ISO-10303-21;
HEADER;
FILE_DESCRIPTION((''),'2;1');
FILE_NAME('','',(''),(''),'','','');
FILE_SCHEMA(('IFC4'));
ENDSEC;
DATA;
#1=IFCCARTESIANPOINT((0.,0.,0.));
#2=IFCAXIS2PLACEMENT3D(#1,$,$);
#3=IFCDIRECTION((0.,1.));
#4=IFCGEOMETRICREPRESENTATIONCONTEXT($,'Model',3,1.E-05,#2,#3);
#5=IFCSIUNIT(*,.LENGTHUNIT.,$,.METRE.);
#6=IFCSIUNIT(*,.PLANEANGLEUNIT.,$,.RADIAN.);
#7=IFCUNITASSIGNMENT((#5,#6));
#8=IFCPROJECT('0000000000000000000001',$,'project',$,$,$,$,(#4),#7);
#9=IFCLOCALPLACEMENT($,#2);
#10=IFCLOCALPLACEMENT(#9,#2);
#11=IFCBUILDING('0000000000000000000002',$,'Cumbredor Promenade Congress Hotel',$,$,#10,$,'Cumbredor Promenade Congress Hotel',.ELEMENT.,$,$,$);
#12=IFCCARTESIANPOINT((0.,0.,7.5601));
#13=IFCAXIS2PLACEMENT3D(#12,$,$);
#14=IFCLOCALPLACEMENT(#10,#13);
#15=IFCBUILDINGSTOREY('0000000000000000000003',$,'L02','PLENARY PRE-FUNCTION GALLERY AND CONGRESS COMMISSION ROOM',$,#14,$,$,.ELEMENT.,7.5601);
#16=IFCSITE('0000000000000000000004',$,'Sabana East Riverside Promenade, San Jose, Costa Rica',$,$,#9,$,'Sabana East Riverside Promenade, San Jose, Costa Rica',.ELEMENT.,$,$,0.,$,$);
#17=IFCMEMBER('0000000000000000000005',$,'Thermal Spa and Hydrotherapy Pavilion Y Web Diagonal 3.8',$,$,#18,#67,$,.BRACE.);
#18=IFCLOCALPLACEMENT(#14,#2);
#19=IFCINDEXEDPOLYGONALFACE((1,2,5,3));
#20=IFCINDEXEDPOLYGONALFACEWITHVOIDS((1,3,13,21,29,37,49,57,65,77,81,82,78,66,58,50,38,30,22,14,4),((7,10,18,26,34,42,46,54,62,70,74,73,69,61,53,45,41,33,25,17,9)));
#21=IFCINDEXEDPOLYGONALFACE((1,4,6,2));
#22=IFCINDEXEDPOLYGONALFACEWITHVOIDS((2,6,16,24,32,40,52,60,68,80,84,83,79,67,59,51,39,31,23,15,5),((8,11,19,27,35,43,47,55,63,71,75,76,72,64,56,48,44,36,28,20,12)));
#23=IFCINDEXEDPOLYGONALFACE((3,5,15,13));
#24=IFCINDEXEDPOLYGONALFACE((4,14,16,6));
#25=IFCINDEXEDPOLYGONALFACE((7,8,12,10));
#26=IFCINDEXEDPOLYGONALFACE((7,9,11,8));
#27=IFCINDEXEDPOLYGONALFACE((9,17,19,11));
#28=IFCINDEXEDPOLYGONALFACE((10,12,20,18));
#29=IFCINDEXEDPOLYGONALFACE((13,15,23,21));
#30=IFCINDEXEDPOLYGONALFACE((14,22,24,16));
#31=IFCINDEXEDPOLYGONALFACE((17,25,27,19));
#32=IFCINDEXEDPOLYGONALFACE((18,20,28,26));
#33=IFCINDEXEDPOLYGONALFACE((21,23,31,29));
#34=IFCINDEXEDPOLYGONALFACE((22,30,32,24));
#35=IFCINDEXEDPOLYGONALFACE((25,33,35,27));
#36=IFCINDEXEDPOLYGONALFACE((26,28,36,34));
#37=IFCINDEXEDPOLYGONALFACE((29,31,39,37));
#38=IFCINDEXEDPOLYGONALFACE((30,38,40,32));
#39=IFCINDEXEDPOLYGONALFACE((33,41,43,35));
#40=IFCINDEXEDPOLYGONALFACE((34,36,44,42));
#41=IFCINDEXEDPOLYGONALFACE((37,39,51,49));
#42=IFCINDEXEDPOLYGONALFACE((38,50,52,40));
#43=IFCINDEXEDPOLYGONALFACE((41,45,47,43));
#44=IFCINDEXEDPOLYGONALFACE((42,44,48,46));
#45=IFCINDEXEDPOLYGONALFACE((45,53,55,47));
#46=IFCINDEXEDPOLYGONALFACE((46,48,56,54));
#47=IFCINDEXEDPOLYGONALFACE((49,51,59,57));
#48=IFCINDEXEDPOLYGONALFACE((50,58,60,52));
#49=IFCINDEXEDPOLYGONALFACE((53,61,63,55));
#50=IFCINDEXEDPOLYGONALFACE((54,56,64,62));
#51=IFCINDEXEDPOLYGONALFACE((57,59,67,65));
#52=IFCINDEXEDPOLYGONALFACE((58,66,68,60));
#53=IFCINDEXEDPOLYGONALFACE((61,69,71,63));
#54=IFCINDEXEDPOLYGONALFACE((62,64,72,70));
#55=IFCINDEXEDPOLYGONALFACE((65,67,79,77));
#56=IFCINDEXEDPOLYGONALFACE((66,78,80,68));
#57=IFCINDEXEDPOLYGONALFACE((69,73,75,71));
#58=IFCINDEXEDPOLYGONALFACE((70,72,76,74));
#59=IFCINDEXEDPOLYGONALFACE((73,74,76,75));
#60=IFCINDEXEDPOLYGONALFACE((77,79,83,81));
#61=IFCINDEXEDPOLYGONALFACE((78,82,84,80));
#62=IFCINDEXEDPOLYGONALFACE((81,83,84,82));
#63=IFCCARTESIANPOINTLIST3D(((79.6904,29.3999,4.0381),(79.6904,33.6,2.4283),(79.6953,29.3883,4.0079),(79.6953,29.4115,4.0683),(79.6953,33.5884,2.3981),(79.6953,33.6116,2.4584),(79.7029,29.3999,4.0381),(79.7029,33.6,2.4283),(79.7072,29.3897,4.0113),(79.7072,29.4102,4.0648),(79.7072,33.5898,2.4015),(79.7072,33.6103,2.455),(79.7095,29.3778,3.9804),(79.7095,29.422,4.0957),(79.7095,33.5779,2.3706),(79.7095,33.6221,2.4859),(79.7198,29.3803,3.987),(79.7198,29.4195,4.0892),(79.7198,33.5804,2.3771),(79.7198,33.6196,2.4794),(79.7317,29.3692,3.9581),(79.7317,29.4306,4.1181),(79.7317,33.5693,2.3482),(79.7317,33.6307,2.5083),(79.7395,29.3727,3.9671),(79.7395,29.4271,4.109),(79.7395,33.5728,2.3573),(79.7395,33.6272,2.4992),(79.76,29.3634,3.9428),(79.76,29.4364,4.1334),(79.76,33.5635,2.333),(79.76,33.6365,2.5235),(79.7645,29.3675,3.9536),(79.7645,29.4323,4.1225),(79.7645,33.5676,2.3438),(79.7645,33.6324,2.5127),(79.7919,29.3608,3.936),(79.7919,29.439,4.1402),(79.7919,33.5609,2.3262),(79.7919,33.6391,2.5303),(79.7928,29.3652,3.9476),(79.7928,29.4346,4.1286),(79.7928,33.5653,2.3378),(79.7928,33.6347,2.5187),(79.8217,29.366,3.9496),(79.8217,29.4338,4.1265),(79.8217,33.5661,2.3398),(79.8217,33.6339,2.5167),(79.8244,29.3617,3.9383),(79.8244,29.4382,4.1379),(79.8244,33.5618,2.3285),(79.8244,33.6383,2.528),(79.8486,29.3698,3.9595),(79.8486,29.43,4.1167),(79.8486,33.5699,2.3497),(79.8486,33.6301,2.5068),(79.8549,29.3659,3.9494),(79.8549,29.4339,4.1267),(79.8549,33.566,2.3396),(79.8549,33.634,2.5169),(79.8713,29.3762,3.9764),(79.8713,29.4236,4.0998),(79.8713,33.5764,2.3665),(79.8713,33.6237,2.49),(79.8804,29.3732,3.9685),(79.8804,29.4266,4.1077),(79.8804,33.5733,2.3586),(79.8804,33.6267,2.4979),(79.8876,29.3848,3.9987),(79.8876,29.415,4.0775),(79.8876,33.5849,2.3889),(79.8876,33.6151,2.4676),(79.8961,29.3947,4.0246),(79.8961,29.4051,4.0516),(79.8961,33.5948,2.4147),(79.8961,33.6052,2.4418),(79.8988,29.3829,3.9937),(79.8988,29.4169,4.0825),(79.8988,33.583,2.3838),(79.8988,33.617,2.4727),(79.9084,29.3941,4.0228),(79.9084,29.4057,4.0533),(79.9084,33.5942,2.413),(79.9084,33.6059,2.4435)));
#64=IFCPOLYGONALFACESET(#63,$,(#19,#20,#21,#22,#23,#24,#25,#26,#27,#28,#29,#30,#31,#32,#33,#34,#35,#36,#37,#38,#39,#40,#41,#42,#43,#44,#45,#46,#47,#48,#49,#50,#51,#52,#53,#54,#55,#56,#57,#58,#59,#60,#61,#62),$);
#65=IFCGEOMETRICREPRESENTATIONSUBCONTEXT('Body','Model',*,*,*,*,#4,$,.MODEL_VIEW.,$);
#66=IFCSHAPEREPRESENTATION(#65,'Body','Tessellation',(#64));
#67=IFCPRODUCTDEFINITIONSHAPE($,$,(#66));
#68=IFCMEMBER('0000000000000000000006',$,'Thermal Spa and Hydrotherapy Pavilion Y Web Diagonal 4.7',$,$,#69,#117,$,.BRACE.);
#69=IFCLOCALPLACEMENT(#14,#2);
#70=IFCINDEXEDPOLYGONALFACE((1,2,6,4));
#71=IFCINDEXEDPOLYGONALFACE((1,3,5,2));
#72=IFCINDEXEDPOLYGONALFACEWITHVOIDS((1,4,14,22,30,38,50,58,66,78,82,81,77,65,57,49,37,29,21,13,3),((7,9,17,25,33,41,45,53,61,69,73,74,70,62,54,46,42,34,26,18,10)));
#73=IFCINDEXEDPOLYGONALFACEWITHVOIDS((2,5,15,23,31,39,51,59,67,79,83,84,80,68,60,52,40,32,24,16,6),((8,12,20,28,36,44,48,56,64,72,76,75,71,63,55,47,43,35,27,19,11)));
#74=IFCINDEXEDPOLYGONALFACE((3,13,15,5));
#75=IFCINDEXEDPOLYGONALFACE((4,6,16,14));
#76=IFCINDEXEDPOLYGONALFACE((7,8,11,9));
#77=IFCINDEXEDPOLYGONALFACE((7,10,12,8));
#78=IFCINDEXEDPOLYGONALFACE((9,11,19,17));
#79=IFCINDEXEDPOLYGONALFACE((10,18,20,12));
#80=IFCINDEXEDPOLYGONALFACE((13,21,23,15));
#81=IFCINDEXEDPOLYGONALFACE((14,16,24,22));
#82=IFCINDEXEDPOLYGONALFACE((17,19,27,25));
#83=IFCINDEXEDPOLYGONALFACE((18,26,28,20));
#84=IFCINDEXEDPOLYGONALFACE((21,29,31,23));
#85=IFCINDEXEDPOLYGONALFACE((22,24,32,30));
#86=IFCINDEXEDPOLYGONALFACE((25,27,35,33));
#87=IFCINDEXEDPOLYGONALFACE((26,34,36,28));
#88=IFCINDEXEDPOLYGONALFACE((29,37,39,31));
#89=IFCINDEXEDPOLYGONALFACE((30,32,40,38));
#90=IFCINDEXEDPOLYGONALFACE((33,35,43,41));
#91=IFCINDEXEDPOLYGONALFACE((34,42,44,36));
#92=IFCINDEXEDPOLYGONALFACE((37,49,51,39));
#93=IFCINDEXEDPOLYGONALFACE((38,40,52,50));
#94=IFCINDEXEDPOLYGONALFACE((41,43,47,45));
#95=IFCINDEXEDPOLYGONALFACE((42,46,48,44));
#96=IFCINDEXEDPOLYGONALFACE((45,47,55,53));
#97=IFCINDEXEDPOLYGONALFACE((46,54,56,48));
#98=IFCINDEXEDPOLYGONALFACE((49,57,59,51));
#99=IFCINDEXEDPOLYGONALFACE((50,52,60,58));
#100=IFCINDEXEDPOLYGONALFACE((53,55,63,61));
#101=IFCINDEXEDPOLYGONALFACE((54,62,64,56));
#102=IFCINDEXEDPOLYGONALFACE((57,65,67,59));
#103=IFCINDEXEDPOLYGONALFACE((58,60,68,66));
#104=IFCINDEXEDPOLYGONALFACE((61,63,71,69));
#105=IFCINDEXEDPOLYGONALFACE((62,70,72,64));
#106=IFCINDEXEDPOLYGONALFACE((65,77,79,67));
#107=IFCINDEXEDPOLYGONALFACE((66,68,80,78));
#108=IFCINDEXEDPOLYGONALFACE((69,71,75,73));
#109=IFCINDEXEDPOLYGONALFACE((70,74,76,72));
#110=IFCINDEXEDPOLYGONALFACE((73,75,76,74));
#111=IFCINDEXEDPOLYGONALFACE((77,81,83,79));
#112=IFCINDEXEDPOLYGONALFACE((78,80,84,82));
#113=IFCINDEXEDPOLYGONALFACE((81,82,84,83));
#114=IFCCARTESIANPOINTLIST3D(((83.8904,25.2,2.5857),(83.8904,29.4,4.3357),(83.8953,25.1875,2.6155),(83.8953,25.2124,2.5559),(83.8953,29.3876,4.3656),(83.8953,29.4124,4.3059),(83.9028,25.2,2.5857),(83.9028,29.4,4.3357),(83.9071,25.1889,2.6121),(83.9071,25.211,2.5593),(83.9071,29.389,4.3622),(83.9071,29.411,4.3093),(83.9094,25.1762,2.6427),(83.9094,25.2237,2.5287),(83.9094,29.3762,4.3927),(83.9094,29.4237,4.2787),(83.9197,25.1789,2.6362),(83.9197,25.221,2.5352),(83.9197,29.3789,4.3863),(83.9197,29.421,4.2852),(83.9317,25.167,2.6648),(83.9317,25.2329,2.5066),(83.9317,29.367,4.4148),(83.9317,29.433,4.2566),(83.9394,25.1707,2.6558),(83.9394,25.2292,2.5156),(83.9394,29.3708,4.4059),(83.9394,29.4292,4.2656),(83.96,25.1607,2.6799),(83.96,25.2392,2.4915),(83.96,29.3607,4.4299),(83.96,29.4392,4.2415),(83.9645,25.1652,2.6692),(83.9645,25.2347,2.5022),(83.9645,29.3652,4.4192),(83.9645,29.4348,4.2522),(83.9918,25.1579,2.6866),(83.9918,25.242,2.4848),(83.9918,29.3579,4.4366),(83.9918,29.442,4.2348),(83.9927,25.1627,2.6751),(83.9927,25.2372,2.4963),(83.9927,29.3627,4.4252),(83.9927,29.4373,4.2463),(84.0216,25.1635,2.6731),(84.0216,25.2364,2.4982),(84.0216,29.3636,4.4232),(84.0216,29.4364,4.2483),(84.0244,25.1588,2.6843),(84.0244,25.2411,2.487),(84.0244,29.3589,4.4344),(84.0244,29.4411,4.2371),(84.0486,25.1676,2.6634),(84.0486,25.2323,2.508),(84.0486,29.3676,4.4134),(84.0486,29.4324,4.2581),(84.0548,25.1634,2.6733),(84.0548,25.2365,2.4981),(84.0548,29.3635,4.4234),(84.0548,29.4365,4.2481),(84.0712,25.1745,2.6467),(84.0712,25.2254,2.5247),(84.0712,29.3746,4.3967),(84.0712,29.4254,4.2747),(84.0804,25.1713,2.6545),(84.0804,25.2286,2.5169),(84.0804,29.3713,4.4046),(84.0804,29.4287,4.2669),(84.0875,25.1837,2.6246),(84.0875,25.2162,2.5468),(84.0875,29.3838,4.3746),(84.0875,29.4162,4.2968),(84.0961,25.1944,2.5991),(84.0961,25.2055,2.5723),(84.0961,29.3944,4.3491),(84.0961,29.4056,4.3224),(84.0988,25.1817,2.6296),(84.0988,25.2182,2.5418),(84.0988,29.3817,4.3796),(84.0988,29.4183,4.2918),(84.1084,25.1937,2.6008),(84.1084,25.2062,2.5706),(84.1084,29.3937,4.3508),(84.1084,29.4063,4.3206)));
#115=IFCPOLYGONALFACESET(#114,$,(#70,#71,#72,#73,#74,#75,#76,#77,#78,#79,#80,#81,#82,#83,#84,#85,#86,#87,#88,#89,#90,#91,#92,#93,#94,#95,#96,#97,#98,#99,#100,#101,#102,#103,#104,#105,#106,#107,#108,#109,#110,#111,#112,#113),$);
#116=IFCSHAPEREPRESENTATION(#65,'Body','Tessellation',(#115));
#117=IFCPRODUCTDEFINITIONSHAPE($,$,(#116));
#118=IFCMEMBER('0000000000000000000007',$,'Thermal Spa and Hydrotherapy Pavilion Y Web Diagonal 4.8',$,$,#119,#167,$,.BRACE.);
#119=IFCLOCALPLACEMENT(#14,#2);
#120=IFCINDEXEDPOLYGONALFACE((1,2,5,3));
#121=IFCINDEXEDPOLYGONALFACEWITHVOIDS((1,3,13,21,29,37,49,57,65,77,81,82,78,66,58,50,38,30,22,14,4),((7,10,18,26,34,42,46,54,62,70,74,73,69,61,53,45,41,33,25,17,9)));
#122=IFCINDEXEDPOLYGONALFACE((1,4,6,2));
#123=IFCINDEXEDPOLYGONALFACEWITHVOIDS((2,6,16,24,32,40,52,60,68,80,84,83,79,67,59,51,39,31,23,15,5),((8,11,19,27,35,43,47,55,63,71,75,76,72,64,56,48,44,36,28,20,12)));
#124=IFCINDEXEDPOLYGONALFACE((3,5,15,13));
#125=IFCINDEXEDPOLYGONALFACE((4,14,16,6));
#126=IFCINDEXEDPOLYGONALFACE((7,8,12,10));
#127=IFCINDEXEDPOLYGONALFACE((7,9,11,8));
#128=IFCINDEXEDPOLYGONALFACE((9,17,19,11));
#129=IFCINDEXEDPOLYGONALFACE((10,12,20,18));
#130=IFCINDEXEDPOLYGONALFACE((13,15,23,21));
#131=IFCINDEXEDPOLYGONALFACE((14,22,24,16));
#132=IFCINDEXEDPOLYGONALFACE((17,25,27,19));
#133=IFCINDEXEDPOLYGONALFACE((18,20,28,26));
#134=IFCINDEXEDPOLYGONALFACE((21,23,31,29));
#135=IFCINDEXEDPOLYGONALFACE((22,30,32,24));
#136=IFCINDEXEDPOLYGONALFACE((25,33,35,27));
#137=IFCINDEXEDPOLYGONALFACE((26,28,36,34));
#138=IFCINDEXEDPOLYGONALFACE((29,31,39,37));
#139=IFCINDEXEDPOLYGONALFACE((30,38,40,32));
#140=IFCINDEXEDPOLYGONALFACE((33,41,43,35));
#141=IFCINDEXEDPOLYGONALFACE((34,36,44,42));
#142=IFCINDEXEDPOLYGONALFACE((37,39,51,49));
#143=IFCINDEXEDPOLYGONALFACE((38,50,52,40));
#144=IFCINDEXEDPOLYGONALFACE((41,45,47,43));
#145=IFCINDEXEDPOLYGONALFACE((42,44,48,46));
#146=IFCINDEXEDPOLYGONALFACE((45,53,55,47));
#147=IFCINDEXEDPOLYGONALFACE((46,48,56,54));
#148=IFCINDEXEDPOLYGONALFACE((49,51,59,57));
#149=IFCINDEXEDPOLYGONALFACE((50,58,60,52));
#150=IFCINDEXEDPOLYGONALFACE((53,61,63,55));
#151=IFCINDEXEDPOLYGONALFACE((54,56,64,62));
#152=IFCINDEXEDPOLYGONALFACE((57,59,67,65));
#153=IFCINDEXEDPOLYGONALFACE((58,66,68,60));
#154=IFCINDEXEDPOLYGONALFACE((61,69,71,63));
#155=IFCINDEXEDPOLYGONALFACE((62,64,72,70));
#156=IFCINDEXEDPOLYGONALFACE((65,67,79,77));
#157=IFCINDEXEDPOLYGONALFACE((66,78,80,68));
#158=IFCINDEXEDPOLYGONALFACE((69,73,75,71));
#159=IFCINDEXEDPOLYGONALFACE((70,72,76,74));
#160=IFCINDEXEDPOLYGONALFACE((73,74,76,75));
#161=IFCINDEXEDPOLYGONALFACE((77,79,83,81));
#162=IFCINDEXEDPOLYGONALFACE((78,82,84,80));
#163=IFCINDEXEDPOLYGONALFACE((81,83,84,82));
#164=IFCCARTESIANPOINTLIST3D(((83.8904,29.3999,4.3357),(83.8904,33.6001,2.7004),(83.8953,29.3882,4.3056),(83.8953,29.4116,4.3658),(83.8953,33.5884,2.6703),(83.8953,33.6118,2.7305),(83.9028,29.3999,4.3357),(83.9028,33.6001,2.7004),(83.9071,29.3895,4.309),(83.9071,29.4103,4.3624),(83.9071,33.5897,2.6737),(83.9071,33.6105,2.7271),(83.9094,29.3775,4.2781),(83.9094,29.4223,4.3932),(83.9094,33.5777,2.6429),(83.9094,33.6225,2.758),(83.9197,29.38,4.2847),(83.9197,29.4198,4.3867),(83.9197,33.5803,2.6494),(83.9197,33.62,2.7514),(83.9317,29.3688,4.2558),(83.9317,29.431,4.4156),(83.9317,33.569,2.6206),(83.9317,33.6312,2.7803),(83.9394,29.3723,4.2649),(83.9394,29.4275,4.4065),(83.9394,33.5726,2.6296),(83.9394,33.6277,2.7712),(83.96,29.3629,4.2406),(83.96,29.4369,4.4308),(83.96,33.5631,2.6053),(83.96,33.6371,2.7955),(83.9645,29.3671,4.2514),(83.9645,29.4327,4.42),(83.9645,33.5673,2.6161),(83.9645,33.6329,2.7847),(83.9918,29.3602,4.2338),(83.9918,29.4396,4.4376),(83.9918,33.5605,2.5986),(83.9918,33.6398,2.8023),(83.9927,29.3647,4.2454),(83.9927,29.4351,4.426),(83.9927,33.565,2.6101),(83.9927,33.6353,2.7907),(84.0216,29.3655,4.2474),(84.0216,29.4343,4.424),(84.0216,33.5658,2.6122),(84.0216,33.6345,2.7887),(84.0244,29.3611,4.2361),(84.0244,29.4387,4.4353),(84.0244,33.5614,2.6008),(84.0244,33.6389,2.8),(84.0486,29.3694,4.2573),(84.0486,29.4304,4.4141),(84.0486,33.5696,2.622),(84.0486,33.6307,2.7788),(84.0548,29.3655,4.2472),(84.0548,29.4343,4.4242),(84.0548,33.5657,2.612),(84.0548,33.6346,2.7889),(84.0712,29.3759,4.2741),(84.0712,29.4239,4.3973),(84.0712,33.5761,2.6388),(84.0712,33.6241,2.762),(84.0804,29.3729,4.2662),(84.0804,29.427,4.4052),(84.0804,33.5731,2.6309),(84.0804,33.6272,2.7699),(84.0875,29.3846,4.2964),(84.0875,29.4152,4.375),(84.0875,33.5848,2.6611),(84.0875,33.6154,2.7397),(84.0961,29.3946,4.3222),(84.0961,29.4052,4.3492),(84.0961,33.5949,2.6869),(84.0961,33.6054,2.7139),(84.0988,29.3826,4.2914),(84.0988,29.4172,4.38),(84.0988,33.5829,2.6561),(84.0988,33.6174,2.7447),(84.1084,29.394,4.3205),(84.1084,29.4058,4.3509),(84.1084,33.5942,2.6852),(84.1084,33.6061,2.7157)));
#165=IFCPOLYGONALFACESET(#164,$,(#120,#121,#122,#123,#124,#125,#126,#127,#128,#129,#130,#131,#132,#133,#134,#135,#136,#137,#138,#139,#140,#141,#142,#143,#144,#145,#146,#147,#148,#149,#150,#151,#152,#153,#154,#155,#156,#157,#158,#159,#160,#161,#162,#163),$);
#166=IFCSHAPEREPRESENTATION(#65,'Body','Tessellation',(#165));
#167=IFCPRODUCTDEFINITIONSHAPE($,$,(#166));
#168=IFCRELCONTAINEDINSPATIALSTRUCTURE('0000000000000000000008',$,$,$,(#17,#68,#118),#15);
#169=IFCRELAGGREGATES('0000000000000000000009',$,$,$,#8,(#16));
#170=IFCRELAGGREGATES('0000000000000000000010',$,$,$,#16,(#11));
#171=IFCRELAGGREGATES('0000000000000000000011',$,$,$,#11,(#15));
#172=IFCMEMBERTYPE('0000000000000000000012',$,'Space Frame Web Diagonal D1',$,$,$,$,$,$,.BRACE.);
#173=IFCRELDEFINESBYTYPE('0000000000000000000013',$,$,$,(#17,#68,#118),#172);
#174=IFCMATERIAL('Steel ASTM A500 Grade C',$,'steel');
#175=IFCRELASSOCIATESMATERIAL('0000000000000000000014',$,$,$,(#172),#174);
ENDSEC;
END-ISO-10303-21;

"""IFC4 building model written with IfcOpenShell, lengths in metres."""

from ifc_helpers import new_model, si_unit, direction, frame, origin, origin_2d, place, context, subcontext, project, spatial, hollow_circle, extrude, material, material_profile, profile_set, type_object, element, save


model = new_model("IFC4")

# Units and contexts
model_context = context("Model", 3, precision=1e-05, world=origin(), true_north=direction((0.0, 1.0)))
body_context = subcontext(model_context, "Body", "Model", "MODEL_VIEW")
ifc_project = project(units=[si_unit("LENGTHUNIT", "METRE"), si_unit("PLANEANGLEUNIT", "RADIAN")], contexts=[model_context])

# Site, building, storey
site_placement = place(None, origin())
site = spatial("IfcSite", under=ifc_project, at=site_placement, Name="Sabana East Riverside Promenade, San Jose, Costa Rica", LongName="Sabana East Riverside Promenade, San Jose, Costa Rica", CompositionType="ELEMENT", RefElevation=0.0)
building_placement = place(site_placement, origin())
building = spatial("IfcBuilding", under=site, at=building_placement, Name="Cumbredor Promenade Congress Hotel", LongName="Cumbredor Promenade Congress Hotel", CompositionType="ELEMENT")
storey_placement = place(building_placement, frame((0.0, 0.0, 7.5601)))
storey = spatial("IfcBuildingStorey", under=building, at=storey_placement, Name="L02", Description="PLENARY PRE-FUNCTION GALLERY AND CONGRESS COMMISSION ROOM", CompositionType="ELEMENT", Elevation=7.5601)

# Members
ifc_material_1 = material(Name="Steel ASTM A500 Grade C", Category="steel")
ifc_material_profile_1 = material_profile(ifc_material_1, hollow_circle(Radius=0.1096, WallThickness=0.0125, at=origin_2d()), Name="CHS 219.1x12.5")
ifc_profile_set_1 = profile_set([ifc_material_profile_1], Name="Steel ASTM A500 Grade C")
member_type_1 = type_object("IfcMemberType", Name="Space Frame Web Diagonal D1", PredefinedType="BRACE", material=ifc_profile_set_1)
member_1_placement = place(storey_placement, frame((79.8, 29.3999, 4.0381), z_axis=(0.0, 0.933762, -0.357895), x_axis=(-1.0, 0.0, 0.0)))
element("IfcMember", 1, at=member_1_placement, inside=storey, type_object=member_type_1, Name="Thermal Spa and Hydrotherapy Pavilion Y Web Diagonal 3.8", PredefinedType="BRACE", context=body_context, shape_type="SweptSolid", body=[
    extrude(hollow_circle(Radius=0.1096, WallThickness=0.0125, at=origin_2d()), origin(), (0.0, 0.0, 1.0), 4.498),
])
member_2_placement = place(storey_placement, frame((84.0, 25.2, 2.5857), z_axis=(0.0, 0.923075, 0.384619), x_axis=(-1.0, 0.0, 0.0)))
element("IfcMember", 2, at=member_2_placement, inside=storey, type_object=member_type_1, Name="Thermal Spa and Hydrotherapy Pavilion Y Web Diagonal 4.7", PredefinedType="BRACE", context=body_context, shape_type="SweptSolid", body=[
    extrude(hollow_circle(Radius=0.1096, WallThickness=0.0125, at=origin_2d()), origin(), (0.0, 0.0, 1.0), 4.55),
])
member_3_placement = place(storey_placement, frame((84.0, 29.3999, 4.3357), z_axis=(0.0, 0.931866, -0.362802), x_axis=(-1.0, 0.0, 0.0)))
element("IfcMember", 3, at=member_3_placement, inside=storey, type_object=member_type_1, Name="Thermal Spa and Hydrotherapy Pavilion Y Web Diagonal 4.8", PredefinedType="BRACE", context=body_context, shape_type="SweptSolid", body=[
    extrude(hollow_circle(Radius=0.1096, WallThickness=0.0125, at=origin_2d()), origin(), (0.0, 0.0, 1.0), 4.5073),
])

save(model, "model.ifc")
